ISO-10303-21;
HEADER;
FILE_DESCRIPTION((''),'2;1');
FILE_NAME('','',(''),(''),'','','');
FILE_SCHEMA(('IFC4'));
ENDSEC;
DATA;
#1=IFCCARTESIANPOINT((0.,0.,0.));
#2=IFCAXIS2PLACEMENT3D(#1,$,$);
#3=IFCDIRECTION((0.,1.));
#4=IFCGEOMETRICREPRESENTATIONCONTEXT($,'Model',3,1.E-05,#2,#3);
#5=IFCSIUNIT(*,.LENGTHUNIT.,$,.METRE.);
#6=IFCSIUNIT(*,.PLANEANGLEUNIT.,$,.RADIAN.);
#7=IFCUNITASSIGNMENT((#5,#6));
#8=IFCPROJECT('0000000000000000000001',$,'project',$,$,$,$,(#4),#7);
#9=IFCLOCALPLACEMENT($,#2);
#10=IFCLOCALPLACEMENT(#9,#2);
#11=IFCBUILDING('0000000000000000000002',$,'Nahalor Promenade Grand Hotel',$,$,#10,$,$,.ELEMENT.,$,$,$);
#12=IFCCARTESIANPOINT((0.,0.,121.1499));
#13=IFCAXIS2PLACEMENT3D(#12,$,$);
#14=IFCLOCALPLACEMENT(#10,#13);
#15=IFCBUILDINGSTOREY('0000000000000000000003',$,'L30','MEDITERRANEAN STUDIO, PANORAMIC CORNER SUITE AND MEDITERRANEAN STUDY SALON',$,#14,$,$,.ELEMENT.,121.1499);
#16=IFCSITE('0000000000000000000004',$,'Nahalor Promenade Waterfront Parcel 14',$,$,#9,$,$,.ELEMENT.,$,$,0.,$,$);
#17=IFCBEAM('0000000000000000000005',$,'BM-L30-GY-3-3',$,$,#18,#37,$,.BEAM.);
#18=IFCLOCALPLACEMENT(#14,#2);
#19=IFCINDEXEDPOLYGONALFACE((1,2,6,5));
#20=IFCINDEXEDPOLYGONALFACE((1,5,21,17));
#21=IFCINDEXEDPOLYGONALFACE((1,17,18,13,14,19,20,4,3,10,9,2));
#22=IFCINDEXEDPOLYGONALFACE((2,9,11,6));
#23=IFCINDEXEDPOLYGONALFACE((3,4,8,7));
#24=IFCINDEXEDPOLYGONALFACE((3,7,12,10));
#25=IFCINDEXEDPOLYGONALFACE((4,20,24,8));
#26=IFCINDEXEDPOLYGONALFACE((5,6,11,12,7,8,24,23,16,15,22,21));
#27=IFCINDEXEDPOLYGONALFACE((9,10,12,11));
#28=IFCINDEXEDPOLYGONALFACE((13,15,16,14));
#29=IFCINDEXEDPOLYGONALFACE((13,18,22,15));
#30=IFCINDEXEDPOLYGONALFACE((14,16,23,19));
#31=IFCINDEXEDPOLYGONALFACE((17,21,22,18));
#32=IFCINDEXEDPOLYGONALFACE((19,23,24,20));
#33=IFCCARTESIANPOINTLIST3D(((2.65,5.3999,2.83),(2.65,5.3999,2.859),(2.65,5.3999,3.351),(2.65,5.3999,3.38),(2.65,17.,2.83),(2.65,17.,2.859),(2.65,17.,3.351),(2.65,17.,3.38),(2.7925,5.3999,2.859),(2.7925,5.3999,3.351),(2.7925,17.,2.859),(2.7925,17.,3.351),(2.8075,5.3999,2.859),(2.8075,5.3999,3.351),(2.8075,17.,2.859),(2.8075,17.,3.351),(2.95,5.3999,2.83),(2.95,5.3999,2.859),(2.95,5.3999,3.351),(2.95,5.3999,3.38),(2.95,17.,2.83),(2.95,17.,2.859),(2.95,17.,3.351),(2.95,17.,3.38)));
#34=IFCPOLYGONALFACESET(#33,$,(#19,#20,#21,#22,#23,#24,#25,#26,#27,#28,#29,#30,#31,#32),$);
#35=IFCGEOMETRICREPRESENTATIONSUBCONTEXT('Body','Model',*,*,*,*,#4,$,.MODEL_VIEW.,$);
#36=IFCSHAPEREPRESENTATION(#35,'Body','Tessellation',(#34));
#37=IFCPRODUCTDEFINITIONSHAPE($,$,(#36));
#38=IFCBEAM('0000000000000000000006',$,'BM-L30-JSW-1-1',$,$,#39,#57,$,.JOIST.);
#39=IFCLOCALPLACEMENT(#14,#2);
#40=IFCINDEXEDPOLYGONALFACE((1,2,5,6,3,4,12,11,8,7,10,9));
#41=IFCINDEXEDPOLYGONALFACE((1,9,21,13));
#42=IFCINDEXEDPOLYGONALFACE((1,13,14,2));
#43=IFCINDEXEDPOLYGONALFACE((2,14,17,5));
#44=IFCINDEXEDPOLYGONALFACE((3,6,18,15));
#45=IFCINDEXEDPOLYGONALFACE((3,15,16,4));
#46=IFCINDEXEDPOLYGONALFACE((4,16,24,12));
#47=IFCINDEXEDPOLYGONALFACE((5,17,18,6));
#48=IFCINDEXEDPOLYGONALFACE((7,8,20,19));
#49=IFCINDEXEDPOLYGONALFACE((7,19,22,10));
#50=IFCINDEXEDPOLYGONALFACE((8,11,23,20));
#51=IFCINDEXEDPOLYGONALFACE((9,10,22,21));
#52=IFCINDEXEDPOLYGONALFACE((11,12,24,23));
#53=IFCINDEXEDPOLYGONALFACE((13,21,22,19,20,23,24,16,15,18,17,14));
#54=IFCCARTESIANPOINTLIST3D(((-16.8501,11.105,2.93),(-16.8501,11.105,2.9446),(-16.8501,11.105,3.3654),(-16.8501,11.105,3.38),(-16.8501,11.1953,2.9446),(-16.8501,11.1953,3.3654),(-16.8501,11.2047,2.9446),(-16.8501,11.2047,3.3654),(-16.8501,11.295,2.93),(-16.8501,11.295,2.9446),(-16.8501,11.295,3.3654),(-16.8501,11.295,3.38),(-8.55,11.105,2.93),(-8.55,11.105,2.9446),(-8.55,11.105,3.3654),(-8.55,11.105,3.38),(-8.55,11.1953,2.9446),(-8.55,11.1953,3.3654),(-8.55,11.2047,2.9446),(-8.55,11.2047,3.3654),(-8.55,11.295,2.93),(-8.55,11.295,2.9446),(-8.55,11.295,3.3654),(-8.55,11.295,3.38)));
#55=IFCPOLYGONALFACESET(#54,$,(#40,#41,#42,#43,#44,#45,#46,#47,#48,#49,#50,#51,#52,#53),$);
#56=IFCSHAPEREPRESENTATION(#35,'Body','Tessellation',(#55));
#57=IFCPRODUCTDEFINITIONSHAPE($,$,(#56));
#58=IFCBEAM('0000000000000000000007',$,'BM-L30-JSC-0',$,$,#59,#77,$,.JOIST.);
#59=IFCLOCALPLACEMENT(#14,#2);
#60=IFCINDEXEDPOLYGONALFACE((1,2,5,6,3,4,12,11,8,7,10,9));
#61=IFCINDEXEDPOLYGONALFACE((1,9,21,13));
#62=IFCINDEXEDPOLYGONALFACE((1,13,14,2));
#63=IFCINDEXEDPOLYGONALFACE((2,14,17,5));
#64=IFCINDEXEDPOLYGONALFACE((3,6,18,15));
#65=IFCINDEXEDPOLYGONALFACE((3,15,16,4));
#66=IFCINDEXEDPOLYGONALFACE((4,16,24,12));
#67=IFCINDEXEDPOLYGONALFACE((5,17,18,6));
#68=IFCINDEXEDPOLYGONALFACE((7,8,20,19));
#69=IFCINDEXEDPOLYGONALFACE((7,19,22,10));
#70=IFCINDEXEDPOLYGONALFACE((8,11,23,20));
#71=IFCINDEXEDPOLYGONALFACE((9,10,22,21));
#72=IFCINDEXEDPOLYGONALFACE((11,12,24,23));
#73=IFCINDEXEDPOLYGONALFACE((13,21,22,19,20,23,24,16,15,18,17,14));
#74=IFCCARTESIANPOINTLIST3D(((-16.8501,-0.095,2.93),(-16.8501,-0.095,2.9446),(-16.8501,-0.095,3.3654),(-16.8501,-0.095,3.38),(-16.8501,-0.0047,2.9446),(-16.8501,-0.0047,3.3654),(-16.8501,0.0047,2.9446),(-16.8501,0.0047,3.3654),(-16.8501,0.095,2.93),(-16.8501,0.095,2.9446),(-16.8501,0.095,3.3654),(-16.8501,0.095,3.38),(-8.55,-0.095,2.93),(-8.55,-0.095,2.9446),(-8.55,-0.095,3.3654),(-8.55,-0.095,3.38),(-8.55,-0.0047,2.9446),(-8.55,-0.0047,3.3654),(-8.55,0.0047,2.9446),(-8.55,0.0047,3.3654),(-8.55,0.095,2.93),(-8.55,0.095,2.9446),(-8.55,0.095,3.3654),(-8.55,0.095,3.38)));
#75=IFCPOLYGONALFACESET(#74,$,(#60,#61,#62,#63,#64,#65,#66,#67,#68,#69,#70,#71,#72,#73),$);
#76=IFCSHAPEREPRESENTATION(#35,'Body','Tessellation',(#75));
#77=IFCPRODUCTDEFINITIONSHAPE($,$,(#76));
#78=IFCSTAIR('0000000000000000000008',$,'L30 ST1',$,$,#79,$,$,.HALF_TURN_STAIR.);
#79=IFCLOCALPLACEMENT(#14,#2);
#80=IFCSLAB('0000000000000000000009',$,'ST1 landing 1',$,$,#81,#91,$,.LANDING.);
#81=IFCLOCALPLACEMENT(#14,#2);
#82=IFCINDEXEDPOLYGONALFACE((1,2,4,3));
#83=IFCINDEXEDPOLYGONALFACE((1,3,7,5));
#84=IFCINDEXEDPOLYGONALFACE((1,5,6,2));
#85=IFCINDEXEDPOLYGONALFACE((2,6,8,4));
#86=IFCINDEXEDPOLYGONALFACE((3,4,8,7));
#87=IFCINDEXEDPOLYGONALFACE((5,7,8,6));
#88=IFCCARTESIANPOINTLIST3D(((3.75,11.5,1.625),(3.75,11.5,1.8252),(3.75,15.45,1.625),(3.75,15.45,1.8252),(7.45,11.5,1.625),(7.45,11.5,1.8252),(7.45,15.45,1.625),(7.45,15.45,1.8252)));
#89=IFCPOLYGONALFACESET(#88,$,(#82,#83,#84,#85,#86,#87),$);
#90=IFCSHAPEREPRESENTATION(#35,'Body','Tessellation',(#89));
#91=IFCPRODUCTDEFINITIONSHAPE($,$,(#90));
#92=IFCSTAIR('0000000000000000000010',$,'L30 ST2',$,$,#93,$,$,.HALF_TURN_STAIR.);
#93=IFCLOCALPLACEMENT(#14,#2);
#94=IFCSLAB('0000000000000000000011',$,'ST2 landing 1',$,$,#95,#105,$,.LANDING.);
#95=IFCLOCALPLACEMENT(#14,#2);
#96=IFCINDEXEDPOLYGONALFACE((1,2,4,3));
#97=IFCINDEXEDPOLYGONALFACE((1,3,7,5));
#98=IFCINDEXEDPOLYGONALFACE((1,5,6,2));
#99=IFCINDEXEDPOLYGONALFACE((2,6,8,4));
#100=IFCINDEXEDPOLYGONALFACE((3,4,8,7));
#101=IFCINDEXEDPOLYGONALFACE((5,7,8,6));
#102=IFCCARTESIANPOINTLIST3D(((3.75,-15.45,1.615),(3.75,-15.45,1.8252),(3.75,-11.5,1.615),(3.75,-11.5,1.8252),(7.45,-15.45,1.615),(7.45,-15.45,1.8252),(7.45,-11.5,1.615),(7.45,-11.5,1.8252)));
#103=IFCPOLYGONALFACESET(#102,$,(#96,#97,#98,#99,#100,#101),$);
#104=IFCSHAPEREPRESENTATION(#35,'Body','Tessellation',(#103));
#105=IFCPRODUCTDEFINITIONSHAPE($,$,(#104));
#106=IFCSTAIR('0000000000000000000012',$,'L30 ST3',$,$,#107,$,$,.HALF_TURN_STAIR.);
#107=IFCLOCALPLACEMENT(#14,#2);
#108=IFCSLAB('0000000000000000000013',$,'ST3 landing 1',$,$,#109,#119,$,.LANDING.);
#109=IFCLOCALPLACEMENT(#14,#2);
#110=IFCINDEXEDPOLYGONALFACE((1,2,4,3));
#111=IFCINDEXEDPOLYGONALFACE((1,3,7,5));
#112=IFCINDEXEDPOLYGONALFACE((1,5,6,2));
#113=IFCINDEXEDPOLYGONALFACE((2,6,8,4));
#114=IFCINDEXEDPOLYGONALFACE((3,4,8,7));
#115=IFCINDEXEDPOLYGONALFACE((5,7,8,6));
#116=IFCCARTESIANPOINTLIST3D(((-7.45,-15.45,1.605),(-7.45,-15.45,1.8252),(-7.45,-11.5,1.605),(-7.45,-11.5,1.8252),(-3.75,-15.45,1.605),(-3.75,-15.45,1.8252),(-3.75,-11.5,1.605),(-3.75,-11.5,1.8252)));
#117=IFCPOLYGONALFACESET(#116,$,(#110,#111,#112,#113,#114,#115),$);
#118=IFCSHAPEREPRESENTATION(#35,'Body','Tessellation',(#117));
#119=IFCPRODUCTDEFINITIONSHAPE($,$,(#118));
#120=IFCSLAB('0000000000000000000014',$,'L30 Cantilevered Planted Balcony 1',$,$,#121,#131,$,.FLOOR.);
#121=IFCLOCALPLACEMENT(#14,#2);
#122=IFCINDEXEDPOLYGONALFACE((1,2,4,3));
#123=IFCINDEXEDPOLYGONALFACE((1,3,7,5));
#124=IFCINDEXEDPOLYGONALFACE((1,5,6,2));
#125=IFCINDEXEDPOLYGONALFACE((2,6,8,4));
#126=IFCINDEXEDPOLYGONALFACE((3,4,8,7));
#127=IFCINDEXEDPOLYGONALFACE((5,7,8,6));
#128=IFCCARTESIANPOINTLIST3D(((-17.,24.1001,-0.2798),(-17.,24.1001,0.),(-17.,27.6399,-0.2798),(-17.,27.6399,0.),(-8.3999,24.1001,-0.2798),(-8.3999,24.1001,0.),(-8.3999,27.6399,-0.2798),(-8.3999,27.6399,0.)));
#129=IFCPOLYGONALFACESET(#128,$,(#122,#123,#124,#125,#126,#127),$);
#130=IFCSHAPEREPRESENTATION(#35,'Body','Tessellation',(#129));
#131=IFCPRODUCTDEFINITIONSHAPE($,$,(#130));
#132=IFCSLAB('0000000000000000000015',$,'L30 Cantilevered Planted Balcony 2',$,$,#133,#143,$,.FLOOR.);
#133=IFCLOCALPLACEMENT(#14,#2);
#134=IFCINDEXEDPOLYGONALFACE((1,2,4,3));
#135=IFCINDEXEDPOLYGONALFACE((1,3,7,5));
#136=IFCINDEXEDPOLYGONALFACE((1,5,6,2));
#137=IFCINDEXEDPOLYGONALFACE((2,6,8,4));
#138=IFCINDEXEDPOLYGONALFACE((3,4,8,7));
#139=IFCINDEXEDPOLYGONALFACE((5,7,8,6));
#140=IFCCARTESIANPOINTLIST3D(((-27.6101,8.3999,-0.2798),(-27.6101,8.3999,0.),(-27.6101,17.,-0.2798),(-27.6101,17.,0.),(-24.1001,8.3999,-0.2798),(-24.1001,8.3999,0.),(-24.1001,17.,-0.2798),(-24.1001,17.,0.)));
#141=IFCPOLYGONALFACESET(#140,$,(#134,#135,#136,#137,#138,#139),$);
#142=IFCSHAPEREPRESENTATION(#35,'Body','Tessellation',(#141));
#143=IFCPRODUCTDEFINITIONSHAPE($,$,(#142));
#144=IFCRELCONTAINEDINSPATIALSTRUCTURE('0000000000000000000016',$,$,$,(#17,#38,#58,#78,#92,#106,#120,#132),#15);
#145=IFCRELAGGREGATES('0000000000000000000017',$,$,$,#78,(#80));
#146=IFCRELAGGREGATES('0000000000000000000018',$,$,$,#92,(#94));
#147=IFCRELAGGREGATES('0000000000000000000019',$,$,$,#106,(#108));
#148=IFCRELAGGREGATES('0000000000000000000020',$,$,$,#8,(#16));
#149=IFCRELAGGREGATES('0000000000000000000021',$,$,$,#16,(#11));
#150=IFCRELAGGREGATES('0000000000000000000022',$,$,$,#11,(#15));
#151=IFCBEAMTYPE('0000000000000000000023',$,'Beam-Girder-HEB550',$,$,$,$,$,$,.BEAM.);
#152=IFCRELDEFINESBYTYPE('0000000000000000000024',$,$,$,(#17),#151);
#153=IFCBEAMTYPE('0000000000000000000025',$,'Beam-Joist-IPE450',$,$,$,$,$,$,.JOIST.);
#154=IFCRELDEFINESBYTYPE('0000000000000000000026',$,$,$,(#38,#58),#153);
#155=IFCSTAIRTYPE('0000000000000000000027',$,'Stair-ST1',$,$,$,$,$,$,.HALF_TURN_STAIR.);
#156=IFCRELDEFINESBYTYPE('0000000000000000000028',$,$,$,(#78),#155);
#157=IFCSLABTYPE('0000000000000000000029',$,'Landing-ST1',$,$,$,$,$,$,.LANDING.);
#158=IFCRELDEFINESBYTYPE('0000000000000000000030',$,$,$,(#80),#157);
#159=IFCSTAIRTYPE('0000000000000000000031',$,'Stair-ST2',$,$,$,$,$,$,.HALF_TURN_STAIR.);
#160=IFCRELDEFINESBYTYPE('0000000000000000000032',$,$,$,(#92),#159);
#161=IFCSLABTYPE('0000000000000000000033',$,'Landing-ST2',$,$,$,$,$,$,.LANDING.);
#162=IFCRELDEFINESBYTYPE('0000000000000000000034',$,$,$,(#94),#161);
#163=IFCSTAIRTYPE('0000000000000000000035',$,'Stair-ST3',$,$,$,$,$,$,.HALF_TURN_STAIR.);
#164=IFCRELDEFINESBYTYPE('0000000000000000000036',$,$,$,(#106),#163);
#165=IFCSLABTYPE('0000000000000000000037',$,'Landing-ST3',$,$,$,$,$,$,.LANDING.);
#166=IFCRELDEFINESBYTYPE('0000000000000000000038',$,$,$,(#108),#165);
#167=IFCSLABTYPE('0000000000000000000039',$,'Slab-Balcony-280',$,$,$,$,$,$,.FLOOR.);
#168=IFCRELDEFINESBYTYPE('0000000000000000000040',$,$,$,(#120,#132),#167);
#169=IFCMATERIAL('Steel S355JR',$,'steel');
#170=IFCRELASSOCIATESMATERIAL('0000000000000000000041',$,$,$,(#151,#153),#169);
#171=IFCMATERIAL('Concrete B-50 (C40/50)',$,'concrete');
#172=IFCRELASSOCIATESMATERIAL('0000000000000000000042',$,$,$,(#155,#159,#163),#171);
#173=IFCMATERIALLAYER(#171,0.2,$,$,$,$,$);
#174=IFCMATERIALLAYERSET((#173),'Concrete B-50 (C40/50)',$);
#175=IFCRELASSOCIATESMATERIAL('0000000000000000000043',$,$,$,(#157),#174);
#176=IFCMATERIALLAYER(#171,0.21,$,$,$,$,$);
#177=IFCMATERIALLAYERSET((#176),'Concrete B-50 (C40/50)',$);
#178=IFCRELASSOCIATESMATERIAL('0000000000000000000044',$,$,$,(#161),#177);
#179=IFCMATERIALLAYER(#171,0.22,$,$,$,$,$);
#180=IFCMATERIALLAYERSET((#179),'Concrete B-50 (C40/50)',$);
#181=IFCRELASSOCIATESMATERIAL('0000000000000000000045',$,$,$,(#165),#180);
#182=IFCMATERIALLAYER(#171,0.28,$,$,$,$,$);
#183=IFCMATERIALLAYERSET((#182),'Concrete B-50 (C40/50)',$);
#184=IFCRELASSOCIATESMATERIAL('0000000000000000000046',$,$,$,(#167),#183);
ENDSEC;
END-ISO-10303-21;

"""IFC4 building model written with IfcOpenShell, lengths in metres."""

from ifc_helpers import new_model, si_unit, direction, frame, origin, origin_2d, place, context, subcontext, project, spatial, polyline, i_section, outline, extrude, source, transform, mapped, material, layer, layer_set, material_profile, profile_set, type_object, element, aggregate, save


model = new_model("IFC4")

# Units and contexts
model_context = context("Model", 3, precision=1e-05, world=origin(), true_north=direction((0.0, 1.0)))
body_context = subcontext(model_context, "Body", "Model", "MODEL_VIEW")
ifc_project = project(units=[si_unit("LENGTHUNIT", "METRE"), si_unit("PLANEANGLEUNIT", "RADIAN")], contexts=[model_context])

# Site, building, storey
site_placement = place(None, origin())
site = spatial("IfcSite", under=ifc_project, at=site_placement, Name="Nahalor Promenade Waterfront Parcel 14", CompositionType="ELEMENT", RefElevation=0.0)
building_placement = place(site_placement, origin())
building = spatial("IfcBuilding", under=site, at=building_placement, Name="Nahalor Promenade Grand Hotel", CompositionType="ELEMENT")
storey_placement = place(building_placement, frame((0.0, 0.0, 121.1499)))
storey = spatial("IfcBuildingStorey", under=building, at=storey_placement, Name="L30", Description="MEDITERRANEAN STUDIO, PANORAMIC CORNER SUITE AND MEDITERRANEAN STUDY SALON", CompositionType="ELEMENT", Elevation=121.1499)

# Beams
ifc_material_1 = material(Name="Steel S355JR", Category="steel")
ifc_material_profile_1 = material_profile(ifc_material_1, i_section(OverallWidth=0.3, OverallDepth=0.55, WebThickness=0.015, FlangeThickness=0.029, at=origin_2d()), Name="HEB 550")
ifc_profile_set_1 = profile_set([ifc_material_profile_1], Name="Steel S355JR")
beam_type_1 = type_object("IfcBeamType", Name="Beam-Girder-HEB550", PredefinedType="BEAM", material=ifc_profile_set_1)
shared_shape_1 = source(origin(), body_context, "Body", "SweptSolid", [
    extrude(i_section(OverallWidth=0.3, OverallDepth=0.55, WebThickness=0.015, FlangeThickness=0.029, at=origin_2d()), origin(), (0.0, 0.0, 1.0), 11.6001),
])
for number, where, z_axis, x_axis, name in (
    (1, (2.8, 5.3999, 3.105), (0.0, 1.0, 0.0), (-1.0, 0.0, 0.0), "BM-L30-GY-3-3"),
):
    element("IfcBeam", number, at=place(storey_placement, frame(where, z_axis=z_axis, x_axis=x_axis)), inside=storey, type_object=beam_type_1, Name=name, PredefinedType="BEAM", context=body_context, shape_type="MappedRepresentation", body=[
        mapped(shared_shape_1, transform((0.0, 0.0, 0.0), scale=1.0)),
    ])
ifc_material_profile_2 = material_profile(ifc_material_1, i_section(OverallWidth=0.19, OverallDepth=0.45, WebThickness=0.0094, FlangeThickness=0.0146, at=origin_2d()), Name="IPE 450")
ifc_profile_set_2 = profile_set([ifc_material_profile_2], Name="Steel S355JR")
beam_type_2 = type_object("IfcBeamType", Name="Beam-Joist-IPE450", PredefinedType="JOIST", material=ifc_profile_set_2)
shared_shape_2 = source(origin(), body_context, "Body", "SweptSolid", [
    extrude(i_section(OverallWidth=0.19, OverallDepth=0.45, WebThickness=0.0094, FlangeThickness=0.0146, at=origin_2d()), origin(), (0.0, 0.0, 1.0), 8.3),
])
for number, where, z_axis, x_axis, name in (
    (2, (-16.8501, 11.2, 3.155), (1.0, 0.0, 0.0), (0.0, 1.0, 0.0), "BM-L30-JSW-1-1"),
    (3, (-16.8501, 0.0, 3.155), (1.0, 0.0, 0.0), (0.0, 1.0, 0.0), "BM-L30-JSC-0"),
):
    element("IfcBeam", number, at=place(storey_placement, frame(where, z_axis=z_axis, x_axis=x_axis)), inside=storey, type_object=beam_type_2, Name=name, PredefinedType="JOIST", context=body_context, shape_type="MappedRepresentation", body=[
        mapped(shared_shape_2, transform((0.0, 0.0, 0.0), scale=1.0)),
    ])

# Stairs, slabs
ifc_material_2 = material(Name="Concrete B-50 (C40/50)", Category="concrete")
stair_type_1 = type_object("IfcStairType", Name="Stair-ST1", PredefinedType="HALF_TURN_STAIR", material=ifc_material_2)
stair_1_placement = place(storey_placement, origin())
stair_1 = element("IfcStair", 4, at=stair_1_placement, inside=storey, type_object=stair_type_1, Name="L30 ST1", PredefinedType="HALF_TURN_STAIR")
ifc_layer_1 = layer(ifc_material_2, 0.2)
ifc_layer_set_1 = layer_set([ifc_layer_1], Name="Concrete B-50 (C40/50)")
slab_type_1 = type_object("IfcSlabType", Name="Landing-ST1", PredefinedType="LANDING", material=ifc_layer_set_1)
slab_1_placement = place(storey_placement, frame((0.0, 0.0, 1.625)))
slab_1 = element("IfcSlab", 5, at=slab_1_placement, type_object=slab_type_1, Name="ST1 landing 1", PredefinedType="LANDING", context=body_context, shape_type="SweptSolid", body=[
    extrude(outline(polyline([(7.45, 11.5), (7.45, 15.45), (3.75, 15.45), (3.75, 11.5), (7.45, 11.5)])), origin(), (0.0, 0.0, 1.0), 0.2002),
])
aggregate(stair_1, [slab_1])
stair_type_2 = type_object("IfcStairType", Name="Stair-ST2", PredefinedType="HALF_TURN_STAIR", material=ifc_material_2)
stair_2_placement = place(storey_placement, origin())
stair_2 = element("IfcStair", 6, at=stair_2_placement, inside=storey, type_object=stair_type_2, Name="L30 ST2", PredefinedType="HALF_TURN_STAIR")
ifc_layer_2 = layer(ifc_material_2, 0.21)
ifc_layer_set_2 = layer_set([ifc_layer_2], Name="Concrete B-50 (C40/50)")
slab_type_2 = type_object("IfcSlabType", Name="Landing-ST2", PredefinedType="LANDING", material=ifc_layer_set_2)
slab_2_placement = place(storey_placement, frame((0.0, 0.0, 1.615)))
slab_2 = element("IfcSlab", 7, at=slab_2_placement, type_object=slab_type_2, Name="ST2 landing 1", PredefinedType="LANDING", context=body_context, shape_type="SweptSolid", body=[
    extrude(outline(polyline([(3.75, -11.5), (3.75, -15.45), (7.45, -15.45), (7.45, -11.5), (3.75, -11.5)])), origin(), (0.0, 0.0, 1.0), 0.2102),
])
aggregate(stair_2, [slab_2])
stair_type_3 = type_object("IfcStairType", Name="Stair-ST3", PredefinedType="HALF_TURN_STAIR", material=ifc_material_2)
stair_3_placement = place(storey_placement, origin())
stair_3 = element("IfcStair", 8, at=stair_3_placement, inside=storey, type_object=stair_type_3, Name="L30 ST3", PredefinedType="HALF_TURN_STAIR")
ifc_layer_3 = layer(ifc_material_2, 0.22)
ifc_layer_set_3 = layer_set([ifc_layer_3], Name="Concrete B-50 (C40/50)")
slab_type_3 = type_object("IfcSlabType", Name="Landing-ST3", PredefinedType="LANDING", material=ifc_layer_set_3)
slab_3_placement = place(storey_placement, frame((0.0, 0.0, 1.605)))
slab_3 = element("IfcSlab", 9, at=slab_3_placement, type_object=slab_type_3, Name="ST3 landing 1", PredefinedType="LANDING", context=body_context, shape_type="SweptSolid", body=[
    extrude(outline(polyline([(-7.45, -11.5), (-7.45, -15.45), (-3.75, -15.45), (-3.75, -11.5), (-7.45, -11.5)])), origin(), (0.0, 0.0, 1.0), 0.2202),
])
aggregate(stair_3, [slab_3])

# Slabs
ifc_layer_4 = layer(ifc_material_2, 0.28)
ifc_layer_set_4 = layer_set([ifc_layer_4], Name="Concrete B-50 (C40/50)")
slab_type_4 = type_object("IfcSlabType", Name="Slab-Balcony-280", PredefinedType="FLOOR", material=ifc_layer_set_4)
slab_4_placement = place(storey_placement, frame((0.0, 0.0, -0.2798)))
element("IfcSlab", 10, at=slab_4_placement, inside=storey, type_object=slab_type_4, Name="L30 Cantilevered Planted Balcony 1", PredefinedType="FLOOR", context=body_context, shape_type="SweptSolid", body=[
    extrude(outline(polyline([(-17.0, 24.1001), (-8.3999, 24.1001), (-8.3999, 27.6399), (-17.0, 27.6399), (-17.0, 24.1001)])), origin(), (0.0, 0.0, 1.0), 0.2798),
])
slab_5_placement = place(storey_placement, frame((0.0, 0.0, -0.2798)))
element("IfcSlab", 11, at=slab_5_placement, inside=storey, type_object=slab_type_4, Name="L30 Cantilevered Planted Balcony 2", PredefinedType="FLOOR", context=body_context, shape_type="SweptSolid", body=[
    extrude(outline(polyline([(-27.6101, 8.3999), (-24.1001, 8.3999), (-24.1001, 17.0), (-27.6101, 17.0), (-27.6101, 8.3999)])), origin(), (0.0, 0.0, 1.0), 0.2798),
])

save(model, "model.ifc")
